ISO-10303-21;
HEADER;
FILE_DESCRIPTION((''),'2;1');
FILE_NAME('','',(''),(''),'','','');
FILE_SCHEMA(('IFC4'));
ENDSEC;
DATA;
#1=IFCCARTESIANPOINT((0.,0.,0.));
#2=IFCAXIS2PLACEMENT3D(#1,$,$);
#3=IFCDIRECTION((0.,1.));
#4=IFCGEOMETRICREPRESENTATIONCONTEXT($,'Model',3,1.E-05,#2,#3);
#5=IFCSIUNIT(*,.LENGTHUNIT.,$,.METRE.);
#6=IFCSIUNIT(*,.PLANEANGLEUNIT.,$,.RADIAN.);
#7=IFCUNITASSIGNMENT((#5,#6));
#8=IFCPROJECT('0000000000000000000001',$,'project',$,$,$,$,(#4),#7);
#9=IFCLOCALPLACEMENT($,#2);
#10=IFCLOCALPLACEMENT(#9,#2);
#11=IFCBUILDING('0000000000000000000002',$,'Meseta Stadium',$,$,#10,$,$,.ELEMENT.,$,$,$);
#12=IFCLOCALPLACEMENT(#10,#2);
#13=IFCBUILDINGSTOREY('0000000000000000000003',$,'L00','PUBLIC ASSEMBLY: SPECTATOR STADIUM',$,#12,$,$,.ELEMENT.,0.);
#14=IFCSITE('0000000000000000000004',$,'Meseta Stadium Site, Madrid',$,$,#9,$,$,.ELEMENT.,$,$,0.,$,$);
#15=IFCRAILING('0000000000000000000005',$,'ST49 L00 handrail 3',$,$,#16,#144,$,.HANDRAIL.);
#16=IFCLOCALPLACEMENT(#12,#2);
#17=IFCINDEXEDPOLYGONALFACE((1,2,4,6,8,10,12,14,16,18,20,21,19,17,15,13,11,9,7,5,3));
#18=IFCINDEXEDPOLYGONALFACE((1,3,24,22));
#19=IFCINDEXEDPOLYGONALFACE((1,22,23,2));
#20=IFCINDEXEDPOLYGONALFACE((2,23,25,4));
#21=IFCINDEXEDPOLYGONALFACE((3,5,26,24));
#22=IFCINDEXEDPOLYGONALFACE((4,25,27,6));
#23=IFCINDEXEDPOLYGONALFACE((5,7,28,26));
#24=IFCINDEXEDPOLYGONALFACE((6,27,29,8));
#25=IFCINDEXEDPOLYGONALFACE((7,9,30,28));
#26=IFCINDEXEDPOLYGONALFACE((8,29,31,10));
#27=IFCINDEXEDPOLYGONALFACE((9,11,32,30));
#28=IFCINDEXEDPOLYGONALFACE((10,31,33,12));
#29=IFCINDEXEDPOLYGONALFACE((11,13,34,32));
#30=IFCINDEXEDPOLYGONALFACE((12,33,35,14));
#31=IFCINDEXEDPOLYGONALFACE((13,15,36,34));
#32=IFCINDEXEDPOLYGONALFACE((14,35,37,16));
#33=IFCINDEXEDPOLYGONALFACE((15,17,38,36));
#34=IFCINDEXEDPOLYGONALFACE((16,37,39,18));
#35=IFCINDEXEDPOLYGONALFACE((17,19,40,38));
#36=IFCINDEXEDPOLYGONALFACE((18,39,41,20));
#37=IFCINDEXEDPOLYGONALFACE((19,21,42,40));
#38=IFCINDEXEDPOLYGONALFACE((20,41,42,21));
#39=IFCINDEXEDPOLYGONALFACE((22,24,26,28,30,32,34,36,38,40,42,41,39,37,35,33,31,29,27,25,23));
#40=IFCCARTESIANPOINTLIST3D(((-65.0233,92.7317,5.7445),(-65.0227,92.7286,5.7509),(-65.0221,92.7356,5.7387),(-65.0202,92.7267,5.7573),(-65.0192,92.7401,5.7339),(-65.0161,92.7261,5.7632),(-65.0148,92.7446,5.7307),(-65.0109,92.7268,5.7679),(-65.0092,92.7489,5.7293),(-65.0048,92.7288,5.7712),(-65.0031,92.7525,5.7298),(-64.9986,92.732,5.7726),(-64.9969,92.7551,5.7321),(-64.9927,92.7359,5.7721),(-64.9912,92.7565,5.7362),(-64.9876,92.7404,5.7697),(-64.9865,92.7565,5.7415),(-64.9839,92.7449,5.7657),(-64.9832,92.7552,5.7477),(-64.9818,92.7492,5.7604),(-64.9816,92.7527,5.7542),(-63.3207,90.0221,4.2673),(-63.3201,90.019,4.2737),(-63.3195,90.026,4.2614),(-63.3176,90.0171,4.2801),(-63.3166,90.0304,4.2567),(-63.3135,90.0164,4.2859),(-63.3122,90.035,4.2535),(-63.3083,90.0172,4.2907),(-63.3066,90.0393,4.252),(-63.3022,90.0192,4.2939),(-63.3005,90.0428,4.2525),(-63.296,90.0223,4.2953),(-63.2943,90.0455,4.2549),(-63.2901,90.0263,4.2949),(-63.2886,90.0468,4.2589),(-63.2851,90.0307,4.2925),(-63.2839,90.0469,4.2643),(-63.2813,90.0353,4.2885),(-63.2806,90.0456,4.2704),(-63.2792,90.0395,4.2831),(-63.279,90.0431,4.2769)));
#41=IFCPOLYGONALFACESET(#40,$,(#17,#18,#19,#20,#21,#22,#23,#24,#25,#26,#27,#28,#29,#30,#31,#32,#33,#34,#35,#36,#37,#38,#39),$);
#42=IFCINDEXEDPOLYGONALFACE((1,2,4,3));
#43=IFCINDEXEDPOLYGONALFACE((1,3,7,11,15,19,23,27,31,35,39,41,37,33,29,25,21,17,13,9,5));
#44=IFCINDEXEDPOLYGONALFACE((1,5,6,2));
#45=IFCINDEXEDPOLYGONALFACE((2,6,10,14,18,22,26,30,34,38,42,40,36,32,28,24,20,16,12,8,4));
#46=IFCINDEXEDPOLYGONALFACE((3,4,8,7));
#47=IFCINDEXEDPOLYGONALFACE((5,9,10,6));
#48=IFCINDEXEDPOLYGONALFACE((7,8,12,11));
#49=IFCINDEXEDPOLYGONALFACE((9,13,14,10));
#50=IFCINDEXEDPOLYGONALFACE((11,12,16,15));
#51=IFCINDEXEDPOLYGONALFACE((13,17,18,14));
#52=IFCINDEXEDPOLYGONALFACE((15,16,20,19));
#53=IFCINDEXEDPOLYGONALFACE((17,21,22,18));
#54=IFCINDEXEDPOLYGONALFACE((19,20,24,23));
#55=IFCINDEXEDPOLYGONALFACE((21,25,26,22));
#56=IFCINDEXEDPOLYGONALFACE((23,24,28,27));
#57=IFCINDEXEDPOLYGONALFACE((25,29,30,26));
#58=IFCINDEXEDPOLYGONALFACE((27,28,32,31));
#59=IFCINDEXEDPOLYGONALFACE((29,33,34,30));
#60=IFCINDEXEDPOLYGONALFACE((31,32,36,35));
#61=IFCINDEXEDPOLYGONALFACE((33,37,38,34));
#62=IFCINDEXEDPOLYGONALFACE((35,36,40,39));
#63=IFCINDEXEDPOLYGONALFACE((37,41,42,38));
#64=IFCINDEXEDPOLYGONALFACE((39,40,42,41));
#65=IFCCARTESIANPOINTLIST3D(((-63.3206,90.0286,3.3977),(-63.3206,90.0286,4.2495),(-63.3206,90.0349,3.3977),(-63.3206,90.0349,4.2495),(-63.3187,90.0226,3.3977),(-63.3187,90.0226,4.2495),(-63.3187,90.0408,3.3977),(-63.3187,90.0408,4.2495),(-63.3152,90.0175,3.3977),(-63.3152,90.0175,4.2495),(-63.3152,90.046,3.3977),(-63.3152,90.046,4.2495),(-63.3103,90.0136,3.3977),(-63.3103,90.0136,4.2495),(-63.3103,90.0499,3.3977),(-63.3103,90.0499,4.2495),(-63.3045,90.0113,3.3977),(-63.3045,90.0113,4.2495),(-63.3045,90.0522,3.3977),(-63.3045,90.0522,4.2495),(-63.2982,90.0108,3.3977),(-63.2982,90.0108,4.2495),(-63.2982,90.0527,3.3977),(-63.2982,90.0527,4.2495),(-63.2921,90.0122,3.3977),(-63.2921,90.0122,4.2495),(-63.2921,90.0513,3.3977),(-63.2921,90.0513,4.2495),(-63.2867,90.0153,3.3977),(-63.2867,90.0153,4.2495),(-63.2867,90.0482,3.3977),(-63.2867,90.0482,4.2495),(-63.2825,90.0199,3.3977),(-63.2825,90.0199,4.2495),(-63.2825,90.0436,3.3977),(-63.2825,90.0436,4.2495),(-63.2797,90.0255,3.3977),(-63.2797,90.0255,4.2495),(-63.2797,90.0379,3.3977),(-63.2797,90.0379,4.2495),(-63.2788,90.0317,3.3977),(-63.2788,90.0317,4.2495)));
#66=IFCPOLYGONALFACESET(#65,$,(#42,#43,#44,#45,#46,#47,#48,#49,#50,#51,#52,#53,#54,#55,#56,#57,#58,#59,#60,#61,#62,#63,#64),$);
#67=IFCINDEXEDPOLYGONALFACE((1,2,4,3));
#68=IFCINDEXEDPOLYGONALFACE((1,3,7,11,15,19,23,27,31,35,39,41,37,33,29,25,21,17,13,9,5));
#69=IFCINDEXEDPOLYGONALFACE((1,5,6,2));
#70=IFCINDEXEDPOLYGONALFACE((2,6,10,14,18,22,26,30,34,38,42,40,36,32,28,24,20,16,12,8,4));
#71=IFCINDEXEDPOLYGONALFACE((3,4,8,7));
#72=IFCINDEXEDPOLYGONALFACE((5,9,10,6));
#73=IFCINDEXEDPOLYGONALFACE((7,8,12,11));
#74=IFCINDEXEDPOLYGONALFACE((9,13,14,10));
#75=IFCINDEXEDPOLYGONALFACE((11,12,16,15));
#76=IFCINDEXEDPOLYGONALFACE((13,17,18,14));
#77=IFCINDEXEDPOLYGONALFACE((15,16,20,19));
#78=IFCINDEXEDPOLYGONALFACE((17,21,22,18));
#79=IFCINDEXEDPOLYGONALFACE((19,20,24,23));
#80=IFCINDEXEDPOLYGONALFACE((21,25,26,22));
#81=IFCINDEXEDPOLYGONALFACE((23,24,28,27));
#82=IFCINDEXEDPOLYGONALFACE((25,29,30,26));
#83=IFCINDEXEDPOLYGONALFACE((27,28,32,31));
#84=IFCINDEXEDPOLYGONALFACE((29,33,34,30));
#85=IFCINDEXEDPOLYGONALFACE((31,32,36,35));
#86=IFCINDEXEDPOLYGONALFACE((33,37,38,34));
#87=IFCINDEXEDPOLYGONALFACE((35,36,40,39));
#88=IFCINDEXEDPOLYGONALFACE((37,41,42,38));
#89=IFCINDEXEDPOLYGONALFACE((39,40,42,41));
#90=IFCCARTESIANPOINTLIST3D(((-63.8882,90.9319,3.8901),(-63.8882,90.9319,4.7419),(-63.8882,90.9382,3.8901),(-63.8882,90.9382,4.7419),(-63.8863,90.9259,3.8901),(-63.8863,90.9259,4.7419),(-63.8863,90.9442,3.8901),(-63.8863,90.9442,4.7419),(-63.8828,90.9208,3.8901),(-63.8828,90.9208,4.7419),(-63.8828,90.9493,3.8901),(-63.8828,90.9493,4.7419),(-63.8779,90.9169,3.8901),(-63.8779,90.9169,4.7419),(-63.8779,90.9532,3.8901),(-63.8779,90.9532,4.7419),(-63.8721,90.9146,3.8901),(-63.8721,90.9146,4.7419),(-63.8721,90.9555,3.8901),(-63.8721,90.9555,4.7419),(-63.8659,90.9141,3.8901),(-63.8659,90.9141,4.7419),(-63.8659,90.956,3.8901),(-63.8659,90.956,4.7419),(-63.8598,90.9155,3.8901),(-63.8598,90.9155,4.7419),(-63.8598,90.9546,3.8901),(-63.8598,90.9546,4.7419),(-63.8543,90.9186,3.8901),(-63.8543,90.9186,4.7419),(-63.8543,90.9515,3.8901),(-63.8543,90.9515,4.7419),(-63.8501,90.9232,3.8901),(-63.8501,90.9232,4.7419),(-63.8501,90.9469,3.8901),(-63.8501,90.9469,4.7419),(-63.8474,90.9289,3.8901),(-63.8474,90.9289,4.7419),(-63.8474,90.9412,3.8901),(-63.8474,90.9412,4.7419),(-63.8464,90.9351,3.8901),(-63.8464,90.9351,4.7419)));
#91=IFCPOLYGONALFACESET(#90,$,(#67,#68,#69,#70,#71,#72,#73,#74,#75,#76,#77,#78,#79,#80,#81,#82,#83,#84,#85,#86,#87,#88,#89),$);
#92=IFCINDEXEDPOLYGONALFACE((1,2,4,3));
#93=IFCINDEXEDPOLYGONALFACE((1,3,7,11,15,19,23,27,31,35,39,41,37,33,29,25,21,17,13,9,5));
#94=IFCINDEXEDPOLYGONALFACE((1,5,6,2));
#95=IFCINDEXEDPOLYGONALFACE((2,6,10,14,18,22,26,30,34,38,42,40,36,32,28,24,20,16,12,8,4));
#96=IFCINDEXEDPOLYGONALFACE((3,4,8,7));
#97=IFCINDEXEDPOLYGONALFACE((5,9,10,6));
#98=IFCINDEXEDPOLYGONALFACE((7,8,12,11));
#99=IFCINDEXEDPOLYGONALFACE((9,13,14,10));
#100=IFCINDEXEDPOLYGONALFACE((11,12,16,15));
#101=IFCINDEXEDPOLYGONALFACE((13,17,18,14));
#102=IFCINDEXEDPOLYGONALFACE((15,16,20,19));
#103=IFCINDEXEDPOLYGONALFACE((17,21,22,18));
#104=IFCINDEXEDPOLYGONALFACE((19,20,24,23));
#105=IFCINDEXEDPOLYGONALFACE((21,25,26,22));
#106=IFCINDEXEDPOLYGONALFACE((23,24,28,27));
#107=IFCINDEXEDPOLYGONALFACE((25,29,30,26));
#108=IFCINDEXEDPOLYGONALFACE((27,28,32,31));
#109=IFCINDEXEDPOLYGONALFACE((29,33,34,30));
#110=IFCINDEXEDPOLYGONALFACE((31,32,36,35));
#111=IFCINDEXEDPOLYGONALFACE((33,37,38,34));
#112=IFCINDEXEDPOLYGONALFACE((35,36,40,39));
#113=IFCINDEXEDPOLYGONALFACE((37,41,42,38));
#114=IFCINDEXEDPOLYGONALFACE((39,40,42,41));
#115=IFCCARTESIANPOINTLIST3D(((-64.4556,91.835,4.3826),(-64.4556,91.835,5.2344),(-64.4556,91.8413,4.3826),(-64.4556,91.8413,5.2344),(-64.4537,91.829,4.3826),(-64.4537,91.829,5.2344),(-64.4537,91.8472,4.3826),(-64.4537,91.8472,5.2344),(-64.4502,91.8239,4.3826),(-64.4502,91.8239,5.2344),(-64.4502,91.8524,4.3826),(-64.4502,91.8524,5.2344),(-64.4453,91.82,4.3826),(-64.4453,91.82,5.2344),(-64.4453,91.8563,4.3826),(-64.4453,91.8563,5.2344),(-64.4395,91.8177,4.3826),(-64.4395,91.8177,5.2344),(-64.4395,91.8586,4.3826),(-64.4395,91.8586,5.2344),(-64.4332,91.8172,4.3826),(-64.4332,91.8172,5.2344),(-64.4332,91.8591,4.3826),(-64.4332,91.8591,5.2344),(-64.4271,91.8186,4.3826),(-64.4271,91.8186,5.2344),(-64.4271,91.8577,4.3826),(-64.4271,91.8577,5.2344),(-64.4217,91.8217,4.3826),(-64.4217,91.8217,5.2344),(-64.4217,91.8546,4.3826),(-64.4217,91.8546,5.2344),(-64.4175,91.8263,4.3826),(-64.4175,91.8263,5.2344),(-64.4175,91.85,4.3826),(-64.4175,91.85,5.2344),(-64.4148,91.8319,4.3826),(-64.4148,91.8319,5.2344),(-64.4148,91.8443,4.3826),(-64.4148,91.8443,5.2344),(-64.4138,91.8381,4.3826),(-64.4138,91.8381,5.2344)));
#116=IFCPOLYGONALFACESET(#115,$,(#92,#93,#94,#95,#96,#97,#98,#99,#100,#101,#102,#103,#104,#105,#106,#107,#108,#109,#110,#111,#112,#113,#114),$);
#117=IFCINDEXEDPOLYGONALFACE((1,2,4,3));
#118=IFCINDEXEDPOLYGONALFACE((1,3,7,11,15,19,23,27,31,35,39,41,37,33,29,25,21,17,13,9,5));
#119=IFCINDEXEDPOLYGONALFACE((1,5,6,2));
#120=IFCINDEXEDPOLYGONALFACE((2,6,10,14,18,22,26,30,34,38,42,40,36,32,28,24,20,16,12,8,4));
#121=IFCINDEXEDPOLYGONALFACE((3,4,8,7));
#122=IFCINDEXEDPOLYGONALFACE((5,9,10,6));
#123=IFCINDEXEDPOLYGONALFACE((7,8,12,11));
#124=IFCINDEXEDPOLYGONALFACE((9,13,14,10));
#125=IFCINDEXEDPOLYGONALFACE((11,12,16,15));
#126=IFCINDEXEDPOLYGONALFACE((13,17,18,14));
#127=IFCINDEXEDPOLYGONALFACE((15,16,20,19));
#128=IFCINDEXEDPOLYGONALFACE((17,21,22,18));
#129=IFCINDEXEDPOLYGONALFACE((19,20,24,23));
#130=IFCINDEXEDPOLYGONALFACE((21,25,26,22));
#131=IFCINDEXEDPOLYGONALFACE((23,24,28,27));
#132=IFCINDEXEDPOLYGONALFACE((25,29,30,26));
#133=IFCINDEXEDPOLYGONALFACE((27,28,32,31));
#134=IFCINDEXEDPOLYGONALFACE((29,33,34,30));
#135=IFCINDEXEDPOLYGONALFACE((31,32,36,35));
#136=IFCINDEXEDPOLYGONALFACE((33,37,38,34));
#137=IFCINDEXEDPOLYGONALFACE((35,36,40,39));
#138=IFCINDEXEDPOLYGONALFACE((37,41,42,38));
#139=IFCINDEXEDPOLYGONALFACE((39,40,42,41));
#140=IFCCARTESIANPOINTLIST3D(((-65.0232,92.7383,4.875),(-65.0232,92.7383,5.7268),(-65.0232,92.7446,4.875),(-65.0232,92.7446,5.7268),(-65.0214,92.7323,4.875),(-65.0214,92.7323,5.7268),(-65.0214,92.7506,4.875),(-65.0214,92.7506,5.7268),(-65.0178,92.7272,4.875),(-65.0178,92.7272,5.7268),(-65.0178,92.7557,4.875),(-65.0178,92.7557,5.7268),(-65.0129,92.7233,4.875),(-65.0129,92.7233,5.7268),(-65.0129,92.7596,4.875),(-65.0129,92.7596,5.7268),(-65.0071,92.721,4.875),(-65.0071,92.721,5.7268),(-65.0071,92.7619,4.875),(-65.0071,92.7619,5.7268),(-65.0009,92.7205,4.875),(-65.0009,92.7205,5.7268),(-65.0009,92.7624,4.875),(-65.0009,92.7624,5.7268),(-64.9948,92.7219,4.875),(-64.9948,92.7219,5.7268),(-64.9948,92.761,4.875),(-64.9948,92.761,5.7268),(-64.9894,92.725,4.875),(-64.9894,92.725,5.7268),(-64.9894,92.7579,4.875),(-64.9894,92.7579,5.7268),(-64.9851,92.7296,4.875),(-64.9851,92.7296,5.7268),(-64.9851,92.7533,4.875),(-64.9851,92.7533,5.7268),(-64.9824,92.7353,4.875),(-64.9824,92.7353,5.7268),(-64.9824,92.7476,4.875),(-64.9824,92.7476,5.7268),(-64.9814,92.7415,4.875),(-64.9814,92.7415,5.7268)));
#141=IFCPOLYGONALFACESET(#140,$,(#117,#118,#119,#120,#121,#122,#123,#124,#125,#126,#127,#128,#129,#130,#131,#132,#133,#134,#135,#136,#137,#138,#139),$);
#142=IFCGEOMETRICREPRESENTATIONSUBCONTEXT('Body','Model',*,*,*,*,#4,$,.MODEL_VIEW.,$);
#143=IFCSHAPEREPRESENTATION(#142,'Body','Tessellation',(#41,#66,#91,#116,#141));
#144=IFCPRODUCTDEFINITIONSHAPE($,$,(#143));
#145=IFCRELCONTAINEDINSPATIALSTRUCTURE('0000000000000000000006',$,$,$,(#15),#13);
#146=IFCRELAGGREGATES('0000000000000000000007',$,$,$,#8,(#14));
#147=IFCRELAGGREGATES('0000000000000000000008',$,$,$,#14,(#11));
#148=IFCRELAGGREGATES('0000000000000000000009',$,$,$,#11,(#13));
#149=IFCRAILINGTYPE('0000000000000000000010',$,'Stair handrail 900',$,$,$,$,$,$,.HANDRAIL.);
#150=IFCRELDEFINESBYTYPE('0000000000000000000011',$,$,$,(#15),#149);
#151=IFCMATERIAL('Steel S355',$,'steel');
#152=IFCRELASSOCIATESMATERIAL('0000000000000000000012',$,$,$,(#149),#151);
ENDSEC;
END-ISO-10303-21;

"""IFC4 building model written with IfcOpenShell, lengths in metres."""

from ifc_helpers import new_model, si_unit, direction, frame, origin, origin_2d, place, context, subcontext, project, spatial, circle, extrude, material, type_object, element, save


model = new_model("IFC4")

# Units and contexts
model_context = context("Model", 3, precision=1e-05, world=origin(), true_north=direction((0.0, 1.0)))
body_context = subcontext(model_context, "Body", "Model", "MODEL_VIEW")
ifc_project = project(units=[si_unit("LENGTHUNIT", "METRE"), si_unit("PLANEANGLEUNIT", "RADIAN")], contexts=[model_context])

# Site, building, storey
site_placement = place(None, origin())
site = spatial("IfcSite", under=ifc_project, at=site_placement, Name="Meseta Stadium Site, Madrid", CompositionType="ELEMENT", RefElevation=0.0)
building_placement = place(site_placement, origin())
building = spatial("IfcBuilding", under=site, at=building_placement, Name="Meseta Stadium", CompositionType="ELEMENT")
storey_placement = place(building_placement, origin())
storey = spatial("IfcBuildingStorey", under=building, at=storey_placement, Name="L00", Description="PUBLIC ASSEMBLY: SPECTATOR STADIUM", CompositionType="ELEMENT", Elevation=0.0)

# Railing
ifc_material_1 = material(Name="Steel S355", Category="steel")
railing_type_1 = type_object("IfcRailingType", Name="Stair handrail 900", PredefinedType="HANDRAIL", material=ifc_material_1)
for number, where, name in (
    (1, (-63.2998, 90.0317, 3.3977), "ST49 L00 handrail 3"),
):
    element("IfcRailing", number, at=place(storey_placement, frame(where)), inside=storey, type_object=railing_type_1, Name=name, PredefinedType="HANDRAIL", context=body_context, shape_type="SweptSolid", body=[
        extrude(circle(Radius=0.0239, at=origin_2d()), frame((0.0, 0.0, 0.876), z_axis=(-0.48305, 0.768766, 0.419119), x_axis=(-0.846723, -0.532034, 0.0)), (0.0, 0.0, 1.0), 3.5247),
        extrude(circle(Radius=0.021, at=origin_2d()), origin(), (0.0, 0.0, 1.0), 0.8518),
        extrude(circle(Radius=0.021, at=origin_2d()), frame((-0.5676, 0.9033, 0.4924)), (0.0, 0.0, 1.0), 0.8518),
        extrude(circle(Radius=0.021, at=origin_2d()), frame((-1.135, 1.8064, 0.9849)), (0.0, 0.0, 1.0), 0.8518),
        extrude(circle(Radius=0.021, at=origin_2d()), frame((-1.7026, 2.7097, 1.4773)), (0.0, 0.0, 1.0), 0.8518),
    ])

save(model, "model.ifc")
